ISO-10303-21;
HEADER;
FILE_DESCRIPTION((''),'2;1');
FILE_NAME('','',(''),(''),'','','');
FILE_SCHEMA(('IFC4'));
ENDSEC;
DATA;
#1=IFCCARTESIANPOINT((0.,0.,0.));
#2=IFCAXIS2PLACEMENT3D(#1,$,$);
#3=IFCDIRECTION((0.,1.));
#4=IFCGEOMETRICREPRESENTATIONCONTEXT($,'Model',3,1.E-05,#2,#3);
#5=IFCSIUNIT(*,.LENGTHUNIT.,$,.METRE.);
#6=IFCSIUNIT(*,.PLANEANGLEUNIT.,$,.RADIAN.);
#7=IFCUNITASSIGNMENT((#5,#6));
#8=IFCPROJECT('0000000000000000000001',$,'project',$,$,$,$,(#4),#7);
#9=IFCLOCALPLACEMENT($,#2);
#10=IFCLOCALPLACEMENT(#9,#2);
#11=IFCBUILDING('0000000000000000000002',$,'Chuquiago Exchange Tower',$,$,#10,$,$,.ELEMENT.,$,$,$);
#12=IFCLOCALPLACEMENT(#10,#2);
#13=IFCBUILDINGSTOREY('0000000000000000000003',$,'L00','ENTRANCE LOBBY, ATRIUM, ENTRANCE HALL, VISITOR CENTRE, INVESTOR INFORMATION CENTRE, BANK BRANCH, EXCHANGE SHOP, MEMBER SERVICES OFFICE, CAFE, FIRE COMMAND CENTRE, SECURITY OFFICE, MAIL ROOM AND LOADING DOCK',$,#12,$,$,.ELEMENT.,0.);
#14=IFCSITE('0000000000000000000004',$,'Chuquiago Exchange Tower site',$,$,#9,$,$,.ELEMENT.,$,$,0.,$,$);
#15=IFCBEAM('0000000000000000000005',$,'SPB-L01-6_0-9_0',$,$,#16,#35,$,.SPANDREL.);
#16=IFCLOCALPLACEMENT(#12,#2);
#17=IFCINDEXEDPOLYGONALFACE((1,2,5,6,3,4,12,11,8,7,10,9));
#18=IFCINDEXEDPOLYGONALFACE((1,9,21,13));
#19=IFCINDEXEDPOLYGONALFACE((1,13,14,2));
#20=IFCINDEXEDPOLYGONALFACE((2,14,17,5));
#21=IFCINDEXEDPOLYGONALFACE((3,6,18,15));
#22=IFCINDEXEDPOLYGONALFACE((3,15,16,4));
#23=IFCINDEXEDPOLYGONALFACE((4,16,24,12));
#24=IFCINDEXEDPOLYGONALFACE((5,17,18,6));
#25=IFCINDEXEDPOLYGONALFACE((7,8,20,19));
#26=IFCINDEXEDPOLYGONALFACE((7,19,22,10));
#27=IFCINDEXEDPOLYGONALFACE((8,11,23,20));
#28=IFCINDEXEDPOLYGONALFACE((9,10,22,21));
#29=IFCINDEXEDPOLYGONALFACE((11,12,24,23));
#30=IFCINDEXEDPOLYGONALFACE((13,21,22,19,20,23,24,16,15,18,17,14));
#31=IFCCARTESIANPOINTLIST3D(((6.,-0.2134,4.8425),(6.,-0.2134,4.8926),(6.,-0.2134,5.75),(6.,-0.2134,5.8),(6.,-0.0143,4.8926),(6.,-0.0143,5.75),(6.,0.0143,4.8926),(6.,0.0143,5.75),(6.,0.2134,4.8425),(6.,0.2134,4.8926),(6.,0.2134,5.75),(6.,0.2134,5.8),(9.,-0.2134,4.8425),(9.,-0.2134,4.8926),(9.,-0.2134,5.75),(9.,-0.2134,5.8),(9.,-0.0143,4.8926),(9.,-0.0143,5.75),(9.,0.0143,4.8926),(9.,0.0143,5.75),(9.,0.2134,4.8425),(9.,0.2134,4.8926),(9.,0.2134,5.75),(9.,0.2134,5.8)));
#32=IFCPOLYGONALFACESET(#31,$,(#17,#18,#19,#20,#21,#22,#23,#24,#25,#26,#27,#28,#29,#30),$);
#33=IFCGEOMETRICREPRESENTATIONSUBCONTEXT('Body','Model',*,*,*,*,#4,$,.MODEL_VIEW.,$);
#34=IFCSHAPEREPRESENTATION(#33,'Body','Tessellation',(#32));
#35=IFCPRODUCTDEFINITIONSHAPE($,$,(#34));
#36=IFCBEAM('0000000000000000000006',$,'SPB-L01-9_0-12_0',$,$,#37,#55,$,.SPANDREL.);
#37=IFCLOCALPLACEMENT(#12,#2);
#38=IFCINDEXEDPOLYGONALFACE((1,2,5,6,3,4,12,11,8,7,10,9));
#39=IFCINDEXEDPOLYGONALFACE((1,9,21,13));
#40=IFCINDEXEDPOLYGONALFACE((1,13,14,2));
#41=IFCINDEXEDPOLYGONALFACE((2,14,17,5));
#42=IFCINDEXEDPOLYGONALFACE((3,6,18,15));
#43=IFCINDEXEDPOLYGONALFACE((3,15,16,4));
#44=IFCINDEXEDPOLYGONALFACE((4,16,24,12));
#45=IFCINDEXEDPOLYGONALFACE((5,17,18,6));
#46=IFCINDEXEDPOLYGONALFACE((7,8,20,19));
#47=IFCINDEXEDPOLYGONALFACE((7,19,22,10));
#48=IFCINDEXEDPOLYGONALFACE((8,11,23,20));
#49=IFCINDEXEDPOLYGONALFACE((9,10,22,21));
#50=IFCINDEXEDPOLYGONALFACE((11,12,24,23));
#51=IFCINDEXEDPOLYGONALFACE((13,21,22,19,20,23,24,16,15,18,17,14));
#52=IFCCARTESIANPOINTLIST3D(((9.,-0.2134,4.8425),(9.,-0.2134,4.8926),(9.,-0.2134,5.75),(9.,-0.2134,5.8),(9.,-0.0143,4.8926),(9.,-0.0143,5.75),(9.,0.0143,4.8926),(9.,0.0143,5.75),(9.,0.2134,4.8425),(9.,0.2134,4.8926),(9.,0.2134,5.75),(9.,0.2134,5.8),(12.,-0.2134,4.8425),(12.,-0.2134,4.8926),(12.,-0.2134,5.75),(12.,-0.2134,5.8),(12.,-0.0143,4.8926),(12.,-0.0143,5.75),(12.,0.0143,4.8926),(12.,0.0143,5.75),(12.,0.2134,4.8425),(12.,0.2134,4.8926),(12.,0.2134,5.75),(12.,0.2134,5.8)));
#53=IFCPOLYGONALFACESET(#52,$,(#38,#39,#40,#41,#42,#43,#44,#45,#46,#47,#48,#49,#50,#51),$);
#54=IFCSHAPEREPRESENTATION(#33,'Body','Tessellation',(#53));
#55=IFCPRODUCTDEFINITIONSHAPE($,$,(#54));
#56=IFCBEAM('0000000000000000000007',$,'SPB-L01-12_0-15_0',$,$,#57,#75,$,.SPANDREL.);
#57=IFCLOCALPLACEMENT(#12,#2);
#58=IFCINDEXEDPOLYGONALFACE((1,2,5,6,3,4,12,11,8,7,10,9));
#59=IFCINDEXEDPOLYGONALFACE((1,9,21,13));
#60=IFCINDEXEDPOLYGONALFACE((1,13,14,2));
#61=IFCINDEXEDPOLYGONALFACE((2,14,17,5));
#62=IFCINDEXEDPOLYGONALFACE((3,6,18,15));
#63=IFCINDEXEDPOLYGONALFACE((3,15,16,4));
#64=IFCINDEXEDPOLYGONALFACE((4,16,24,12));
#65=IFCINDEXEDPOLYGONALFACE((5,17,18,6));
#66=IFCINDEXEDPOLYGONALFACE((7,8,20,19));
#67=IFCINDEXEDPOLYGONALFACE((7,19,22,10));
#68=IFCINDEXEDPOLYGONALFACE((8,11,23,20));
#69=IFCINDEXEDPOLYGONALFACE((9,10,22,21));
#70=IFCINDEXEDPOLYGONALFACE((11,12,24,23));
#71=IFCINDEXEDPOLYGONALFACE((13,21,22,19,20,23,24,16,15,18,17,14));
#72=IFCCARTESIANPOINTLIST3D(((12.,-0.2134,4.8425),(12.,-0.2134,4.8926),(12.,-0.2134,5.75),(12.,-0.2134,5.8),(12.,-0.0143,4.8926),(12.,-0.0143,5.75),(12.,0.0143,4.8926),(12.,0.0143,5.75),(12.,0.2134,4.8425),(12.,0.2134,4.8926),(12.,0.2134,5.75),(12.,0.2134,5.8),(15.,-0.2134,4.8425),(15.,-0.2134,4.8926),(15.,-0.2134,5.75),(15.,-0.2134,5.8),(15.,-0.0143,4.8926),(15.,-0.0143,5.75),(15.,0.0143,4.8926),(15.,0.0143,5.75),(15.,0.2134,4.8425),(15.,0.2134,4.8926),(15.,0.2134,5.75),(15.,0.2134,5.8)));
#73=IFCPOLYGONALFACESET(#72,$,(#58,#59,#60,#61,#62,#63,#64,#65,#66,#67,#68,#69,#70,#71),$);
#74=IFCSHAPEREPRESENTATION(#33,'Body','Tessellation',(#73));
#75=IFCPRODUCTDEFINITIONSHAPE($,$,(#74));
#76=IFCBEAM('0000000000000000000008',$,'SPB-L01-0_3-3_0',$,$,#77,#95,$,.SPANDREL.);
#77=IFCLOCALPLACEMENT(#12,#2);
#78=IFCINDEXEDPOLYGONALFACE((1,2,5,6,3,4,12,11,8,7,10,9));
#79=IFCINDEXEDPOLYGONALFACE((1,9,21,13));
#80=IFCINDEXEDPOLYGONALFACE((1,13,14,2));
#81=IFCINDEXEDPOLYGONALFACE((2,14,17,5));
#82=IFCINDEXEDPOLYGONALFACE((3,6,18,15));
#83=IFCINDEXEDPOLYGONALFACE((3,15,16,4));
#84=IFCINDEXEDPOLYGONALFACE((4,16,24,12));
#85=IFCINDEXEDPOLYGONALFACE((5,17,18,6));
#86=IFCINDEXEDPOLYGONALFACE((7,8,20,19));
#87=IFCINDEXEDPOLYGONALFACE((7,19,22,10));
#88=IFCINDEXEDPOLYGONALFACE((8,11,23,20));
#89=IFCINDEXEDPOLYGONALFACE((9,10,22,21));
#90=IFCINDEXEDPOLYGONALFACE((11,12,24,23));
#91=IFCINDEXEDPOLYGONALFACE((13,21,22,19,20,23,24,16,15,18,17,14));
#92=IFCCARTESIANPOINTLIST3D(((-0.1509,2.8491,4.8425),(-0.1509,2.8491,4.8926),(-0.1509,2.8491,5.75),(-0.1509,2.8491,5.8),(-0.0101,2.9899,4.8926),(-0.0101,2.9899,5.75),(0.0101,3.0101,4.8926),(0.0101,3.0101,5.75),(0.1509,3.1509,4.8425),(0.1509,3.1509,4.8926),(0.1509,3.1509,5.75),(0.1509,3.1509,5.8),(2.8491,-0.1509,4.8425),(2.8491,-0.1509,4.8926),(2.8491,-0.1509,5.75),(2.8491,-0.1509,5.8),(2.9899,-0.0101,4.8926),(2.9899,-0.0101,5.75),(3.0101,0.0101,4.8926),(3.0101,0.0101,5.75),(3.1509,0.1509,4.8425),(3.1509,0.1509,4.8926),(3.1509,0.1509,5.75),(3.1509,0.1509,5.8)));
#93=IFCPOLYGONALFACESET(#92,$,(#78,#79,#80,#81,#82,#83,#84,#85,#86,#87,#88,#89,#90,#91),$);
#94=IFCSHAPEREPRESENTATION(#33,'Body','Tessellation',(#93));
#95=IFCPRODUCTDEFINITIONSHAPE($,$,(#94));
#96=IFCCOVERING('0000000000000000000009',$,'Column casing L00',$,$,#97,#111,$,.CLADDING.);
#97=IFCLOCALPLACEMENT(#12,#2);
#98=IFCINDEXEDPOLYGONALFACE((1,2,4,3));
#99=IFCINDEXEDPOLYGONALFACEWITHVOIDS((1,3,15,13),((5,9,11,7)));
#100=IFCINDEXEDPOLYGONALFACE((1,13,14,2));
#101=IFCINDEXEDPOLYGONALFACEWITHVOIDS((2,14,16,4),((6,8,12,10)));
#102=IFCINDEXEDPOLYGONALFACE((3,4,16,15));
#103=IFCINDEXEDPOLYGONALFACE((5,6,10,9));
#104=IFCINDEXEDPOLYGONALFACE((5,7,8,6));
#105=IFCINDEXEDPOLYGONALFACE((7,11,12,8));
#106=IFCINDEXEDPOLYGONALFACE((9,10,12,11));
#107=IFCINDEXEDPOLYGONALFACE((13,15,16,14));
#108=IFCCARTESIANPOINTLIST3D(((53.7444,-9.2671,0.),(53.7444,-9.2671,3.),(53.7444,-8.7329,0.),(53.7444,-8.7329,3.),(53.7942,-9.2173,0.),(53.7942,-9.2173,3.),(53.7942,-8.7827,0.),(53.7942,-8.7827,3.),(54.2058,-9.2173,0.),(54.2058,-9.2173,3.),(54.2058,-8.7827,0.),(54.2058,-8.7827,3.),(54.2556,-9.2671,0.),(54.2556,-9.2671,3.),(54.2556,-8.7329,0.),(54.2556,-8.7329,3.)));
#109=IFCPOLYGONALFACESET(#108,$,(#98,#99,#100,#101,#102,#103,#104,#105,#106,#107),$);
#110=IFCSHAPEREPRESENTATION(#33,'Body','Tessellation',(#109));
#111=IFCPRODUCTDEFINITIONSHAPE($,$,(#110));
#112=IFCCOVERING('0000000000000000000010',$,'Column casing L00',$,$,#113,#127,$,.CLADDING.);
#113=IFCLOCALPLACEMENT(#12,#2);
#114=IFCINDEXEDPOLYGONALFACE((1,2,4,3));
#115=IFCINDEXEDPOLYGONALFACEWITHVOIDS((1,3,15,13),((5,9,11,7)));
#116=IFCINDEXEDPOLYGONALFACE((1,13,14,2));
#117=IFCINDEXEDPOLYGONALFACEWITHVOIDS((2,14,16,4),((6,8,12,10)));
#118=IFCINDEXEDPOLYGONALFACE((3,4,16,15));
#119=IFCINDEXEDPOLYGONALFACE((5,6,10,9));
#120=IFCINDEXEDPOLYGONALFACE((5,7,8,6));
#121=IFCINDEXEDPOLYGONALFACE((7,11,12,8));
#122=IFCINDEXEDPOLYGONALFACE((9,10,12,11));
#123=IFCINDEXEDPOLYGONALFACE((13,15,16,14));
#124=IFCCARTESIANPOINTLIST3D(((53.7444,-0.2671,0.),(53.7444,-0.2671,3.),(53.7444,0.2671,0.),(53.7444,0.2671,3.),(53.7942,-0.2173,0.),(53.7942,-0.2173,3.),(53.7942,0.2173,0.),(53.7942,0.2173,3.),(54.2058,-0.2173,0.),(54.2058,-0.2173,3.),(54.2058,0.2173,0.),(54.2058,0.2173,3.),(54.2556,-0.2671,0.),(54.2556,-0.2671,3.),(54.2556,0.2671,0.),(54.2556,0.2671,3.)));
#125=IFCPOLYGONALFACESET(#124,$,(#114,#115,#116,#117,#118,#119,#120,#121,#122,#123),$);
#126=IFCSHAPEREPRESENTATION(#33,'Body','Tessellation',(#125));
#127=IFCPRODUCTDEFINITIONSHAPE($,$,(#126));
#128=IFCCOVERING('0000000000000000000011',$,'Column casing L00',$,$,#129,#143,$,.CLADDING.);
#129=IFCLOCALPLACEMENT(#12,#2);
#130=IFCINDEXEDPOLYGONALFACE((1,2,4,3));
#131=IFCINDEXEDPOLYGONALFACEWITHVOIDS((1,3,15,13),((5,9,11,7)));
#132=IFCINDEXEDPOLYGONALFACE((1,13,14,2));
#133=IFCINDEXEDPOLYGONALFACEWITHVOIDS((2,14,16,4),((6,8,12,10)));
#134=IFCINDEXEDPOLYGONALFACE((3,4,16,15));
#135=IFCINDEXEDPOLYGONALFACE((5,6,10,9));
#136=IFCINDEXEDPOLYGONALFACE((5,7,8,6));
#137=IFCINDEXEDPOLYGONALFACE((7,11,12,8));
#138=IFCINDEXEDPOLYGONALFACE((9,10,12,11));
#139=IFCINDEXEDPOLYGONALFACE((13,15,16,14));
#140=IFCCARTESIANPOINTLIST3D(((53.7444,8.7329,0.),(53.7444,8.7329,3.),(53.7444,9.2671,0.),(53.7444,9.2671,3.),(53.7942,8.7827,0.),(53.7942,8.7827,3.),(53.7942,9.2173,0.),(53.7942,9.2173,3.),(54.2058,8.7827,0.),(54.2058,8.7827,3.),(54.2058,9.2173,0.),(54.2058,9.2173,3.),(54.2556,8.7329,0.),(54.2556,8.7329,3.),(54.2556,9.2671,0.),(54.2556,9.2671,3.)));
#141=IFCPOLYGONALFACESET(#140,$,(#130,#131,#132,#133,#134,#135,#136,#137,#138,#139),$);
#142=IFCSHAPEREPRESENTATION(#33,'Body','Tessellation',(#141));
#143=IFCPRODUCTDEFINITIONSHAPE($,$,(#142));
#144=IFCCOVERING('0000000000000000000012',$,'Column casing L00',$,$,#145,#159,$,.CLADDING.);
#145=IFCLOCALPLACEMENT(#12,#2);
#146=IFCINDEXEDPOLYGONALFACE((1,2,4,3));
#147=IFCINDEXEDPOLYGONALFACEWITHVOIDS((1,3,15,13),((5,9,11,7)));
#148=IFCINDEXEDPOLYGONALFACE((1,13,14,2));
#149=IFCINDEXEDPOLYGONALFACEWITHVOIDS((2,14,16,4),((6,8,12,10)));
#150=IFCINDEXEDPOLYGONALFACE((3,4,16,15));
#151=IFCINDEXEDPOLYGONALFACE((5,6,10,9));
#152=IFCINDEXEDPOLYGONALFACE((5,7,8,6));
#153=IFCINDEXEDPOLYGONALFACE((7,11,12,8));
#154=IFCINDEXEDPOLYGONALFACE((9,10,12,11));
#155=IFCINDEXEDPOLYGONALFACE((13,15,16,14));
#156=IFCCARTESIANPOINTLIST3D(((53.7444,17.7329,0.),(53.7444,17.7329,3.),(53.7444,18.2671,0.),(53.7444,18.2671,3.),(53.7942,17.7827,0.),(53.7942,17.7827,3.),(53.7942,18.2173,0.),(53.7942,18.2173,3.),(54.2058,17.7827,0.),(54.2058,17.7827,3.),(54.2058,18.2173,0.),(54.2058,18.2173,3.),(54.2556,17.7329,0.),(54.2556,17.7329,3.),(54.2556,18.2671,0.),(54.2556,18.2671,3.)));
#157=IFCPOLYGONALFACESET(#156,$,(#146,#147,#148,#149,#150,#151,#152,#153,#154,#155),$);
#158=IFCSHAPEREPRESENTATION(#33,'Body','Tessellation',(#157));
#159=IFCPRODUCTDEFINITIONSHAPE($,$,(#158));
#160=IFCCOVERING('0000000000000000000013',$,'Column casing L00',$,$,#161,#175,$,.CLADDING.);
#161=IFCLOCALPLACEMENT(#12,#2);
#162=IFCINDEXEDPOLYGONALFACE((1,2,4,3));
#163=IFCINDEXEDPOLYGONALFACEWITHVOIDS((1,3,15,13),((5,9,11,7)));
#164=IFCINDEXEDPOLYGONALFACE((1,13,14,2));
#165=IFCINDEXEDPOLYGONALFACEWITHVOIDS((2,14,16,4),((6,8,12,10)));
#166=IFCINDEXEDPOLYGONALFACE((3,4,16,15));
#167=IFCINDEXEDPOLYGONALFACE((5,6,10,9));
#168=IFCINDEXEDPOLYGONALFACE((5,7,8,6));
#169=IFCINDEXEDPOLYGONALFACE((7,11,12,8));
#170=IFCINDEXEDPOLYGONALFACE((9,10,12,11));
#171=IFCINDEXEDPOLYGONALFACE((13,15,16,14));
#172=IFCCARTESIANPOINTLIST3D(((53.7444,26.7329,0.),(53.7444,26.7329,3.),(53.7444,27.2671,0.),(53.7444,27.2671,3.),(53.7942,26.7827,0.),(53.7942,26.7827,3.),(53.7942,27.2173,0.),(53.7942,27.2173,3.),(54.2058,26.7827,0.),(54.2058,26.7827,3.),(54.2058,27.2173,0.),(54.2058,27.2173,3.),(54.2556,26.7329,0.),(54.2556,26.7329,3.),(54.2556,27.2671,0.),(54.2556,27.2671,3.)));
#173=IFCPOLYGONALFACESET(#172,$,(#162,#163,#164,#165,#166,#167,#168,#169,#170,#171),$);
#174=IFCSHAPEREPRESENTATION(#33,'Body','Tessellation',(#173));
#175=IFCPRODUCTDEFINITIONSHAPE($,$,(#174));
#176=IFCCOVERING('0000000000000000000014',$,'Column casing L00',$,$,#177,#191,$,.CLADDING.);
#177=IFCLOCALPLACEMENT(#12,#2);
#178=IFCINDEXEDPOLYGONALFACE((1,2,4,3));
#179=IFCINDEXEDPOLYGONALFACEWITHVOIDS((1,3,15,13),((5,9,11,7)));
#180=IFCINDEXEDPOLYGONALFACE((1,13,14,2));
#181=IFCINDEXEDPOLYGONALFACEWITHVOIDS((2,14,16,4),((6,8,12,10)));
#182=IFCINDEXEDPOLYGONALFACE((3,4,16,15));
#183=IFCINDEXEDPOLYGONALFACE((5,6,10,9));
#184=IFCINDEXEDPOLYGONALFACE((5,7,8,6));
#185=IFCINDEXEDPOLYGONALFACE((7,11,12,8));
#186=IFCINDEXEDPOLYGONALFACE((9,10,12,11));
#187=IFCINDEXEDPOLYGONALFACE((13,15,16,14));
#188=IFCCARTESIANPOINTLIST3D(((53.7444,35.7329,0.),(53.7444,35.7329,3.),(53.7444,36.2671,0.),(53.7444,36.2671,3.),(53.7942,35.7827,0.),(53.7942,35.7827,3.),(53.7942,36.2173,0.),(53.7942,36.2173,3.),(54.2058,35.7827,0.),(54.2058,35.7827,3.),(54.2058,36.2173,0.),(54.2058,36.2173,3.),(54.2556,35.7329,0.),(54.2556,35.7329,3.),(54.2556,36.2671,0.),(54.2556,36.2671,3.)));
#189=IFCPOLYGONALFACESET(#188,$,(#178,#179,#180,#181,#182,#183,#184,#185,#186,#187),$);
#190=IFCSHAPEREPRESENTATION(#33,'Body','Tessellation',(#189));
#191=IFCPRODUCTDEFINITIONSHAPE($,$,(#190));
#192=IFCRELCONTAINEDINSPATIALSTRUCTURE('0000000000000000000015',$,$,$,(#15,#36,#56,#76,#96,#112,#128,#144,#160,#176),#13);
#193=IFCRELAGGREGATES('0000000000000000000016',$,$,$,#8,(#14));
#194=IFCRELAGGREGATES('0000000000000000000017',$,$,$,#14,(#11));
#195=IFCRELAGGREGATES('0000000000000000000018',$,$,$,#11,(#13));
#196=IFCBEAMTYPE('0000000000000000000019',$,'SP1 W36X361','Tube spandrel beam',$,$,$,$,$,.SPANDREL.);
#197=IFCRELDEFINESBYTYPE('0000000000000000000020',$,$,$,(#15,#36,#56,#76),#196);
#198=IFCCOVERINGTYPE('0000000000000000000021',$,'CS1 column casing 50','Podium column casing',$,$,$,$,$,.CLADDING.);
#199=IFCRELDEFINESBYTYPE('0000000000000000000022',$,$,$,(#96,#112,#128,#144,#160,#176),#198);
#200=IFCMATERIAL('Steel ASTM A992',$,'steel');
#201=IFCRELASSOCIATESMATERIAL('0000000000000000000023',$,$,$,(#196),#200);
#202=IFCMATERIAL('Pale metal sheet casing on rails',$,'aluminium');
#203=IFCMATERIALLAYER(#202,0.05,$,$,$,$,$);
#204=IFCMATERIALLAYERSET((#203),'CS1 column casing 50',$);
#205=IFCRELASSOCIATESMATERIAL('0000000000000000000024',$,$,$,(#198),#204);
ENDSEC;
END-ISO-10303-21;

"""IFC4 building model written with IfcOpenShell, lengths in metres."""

from ifc_helpers import new_model, si_unit, direction, frame, origin, origin_2d, place, context, subcontext, project, spatial, polyline, i_section, outline, extrude, material, layer, layer_set, material_profile, profile_set, type_object, element, save


model = new_model("IFC4")

# Units and contexts
model_context = context("Model", 3, precision=1e-05, world=origin(), true_north=direction((0.0, 1.0)))
body_context = subcontext(model_context, "Body", "Model", "MODEL_VIEW")
ifc_project = project(units=[si_unit("LENGTHUNIT", "METRE"), si_unit("PLANEANGLEUNIT", "RADIAN")], contexts=[model_context])

# Site, building, storey
site_placement = place(None, origin())
site = spatial("IfcSite", under=ifc_project, at=site_placement, Name="Chuquiago Exchange Tower site", CompositionType="ELEMENT", RefElevation=0.0)
building_placement = place(site_placement, origin())
building = spatial("IfcBuilding", under=site, at=building_placement, Name="Chuquiago Exchange Tower", CompositionType="ELEMENT")
storey_placement = place(building_placement, origin())
storey = spatial("IfcBuildingStorey", under=building, at=storey_placement, Name="L00", Description="ENTRANCE LOBBY, ATRIUM, ENTRANCE HALL, VISITOR CENTRE, INVESTOR INFORMATION CENTRE, BANK BRANCH, EXCHANGE SHOP, MEMBER SERVICES OFFICE, CAFE, FIRE COMMAND CENTRE, SECURITY OFFICE, MAIL ROOM AND LOADING DOCK", CompositionType="ELEMENT", Elevation=0.0)

# Beams
ifc_material_1 = material(Name="Steel ASTM A992", Category="steel")
ifc_material_profile_1 = material_profile(ifc_material_1, i_section(OverallWidth=0.4268, OverallDepth=0.9575, WebThickness=0.0286, FlangeThickness=0.05, at=origin_2d()), Name="W36X361")
ifc_profile_set_1 = profile_set([ifc_material_profile_1], Name="Steel ASTM A992")
beam_type_1 = type_object("IfcBeamType", Name="SP1 W36X361", Description="Tube spandrel beam", PredefinedType="SPANDREL", material=ifc_profile_set_1)
for number, where, z_axis, x_axis, name in (
    (1, (6.0, 0.0, 5.3213), (1.0, 0.0, 0.0), (0.0, 1.0, 0.0), "SPB-L01-6_0-9_0"),
    (2, (9.0, 0.0, 5.3213), (1.0, 0.0, 0.0), (0.0, 1.0, 0.0), "SPB-L01-9_0-12_0"),
    (3, (12.0, 0.0, 5.3213), (1.0, 0.0, 0.0), (0.0, 1.0, 0.0), "SPB-L01-12_0-15_0"),
):
    element("IfcBeam", number, at=place(storey_placement, frame(where, z_axis=z_axis, x_axis=x_axis)), inside=storey, type_object=beam_type_1, Name=name, PredefinedType="SPANDREL", context=body_context, shape_type="SweptSolid", body=[
        extrude(i_section(OverallWidth=0.4268, OverallDepth=0.9575, WebThickness=0.0286, FlangeThickness=0.05, at=origin_2d()), origin(), (0.0, 0.0, 1.0), 3.0),
    ])
beam_1_placement = place(storey_placement, frame((0.0, 3.0, 5.3213), z_axis=(0.707107, -0.707107, 0.0), x_axis=(0.707107, 0.707107, 0.0)))
element("IfcBeam", 4, at=beam_1_placement, inside=storey, type_object=beam_type_1, Name="SPB-L01-0_3-3_0", PredefinedType="SPANDREL", context=body_context, shape_type="SweptSolid", body=[
    extrude(i_section(OverallWidth=0.4268, OverallDepth=0.9575, WebThickness=0.0286, FlangeThickness=0.05, at=origin_2d()), origin(), (0.0, 0.0, 1.0), 4.2427),
])

# Coverings
ifc_material_2 = material(Name="Pale metal sheet casing on rails", Category="aluminium")
ifc_layer = layer(ifc_material_2, 0.05)
ifc_layer_set = layer_set([ifc_layer], Name="CS1 column casing 50")
covering_type = type_object("IfcCoveringType", Name="CS1 column casing 50", Description="Podium column casing", PredefinedType="CLADDING", material=ifc_layer_set)
covering_1_placement = place(storey_placement, origin())
element("IfcCovering", 5, at=covering_1_placement, inside=storey, type_object=covering_type, Name="Column casing L00", PredefinedType="CLADDING", context=body_context, shape_type="SweptSolid", body=[
    extrude(outline(polyline([(53.7444, -9.2671), (54.2556, -9.2671), (54.2556, -8.7329), (53.7444, -8.7329), (53.7444, -9.2671)]), holes=[polyline([(53.7942, -9.2173), (53.7942, -8.7827), (54.2058, -8.7827), (54.2058, -9.2173), (53.7942, -9.2173)])]), origin(), (0.0, 0.0, 1.0), 3.0),
])
covering_2_placement = place(storey_placement, origin())
element("IfcCovering", 6, at=covering_2_placement, inside=storey, type_object=covering_type, Name="Column casing L00", PredefinedType="CLADDING", context=body_context, shape_type="SweptSolid", body=[
    extrude(outline(polyline([(53.7444, -0.2671), (54.2556, -0.2671), (54.2556, 0.2671), (53.7444, 0.2671), (53.7444, -0.2671)]), holes=[polyline([(53.7942, -0.2173), (53.7942, 0.2173), (54.2058, 0.2173), (54.2058, -0.2173), (53.7942, -0.2173)])]), origin(), (0.0, 0.0, 1.0), 3.0),
])
covering_3_placement = place(storey_placement, origin())
element("IfcCovering", 7, at=covering_3_placement, inside=storey, type_object=covering_type, Name="Column casing L00", PredefinedType="CLADDING", context=body_context, shape_type="SweptSolid", body=[
    extrude(outline(polyline([(53.7444, 8.7329), (54.2556, 8.7329), (54.2556, 9.2671), (53.7444, 9.2671), (53.7444, 8.7329)]), holes=[polyline([(53.7942, 8.7827), (53.7942, 9.2173), (54.2058, 9.2173), (54.2058, 8.7827), (53.7942, 8.7827)])]), origin(), (0.0, 0.0, 1.0), 3.0),
])
covering_4_placement = place(storey_placement, origin())
element("IfcCovering", 8, at=covering_4_placement, inside=storey, type_object=covering_type, Name="Column casing L00", PredefinedType="CLADDING", context=body_context, shape_type="SweptSolid", body=[
    extrude(outline(polyline([(53.7444, 17.7329), (54.2556, 17.7329), (54.2556, 18.2671), (53.7444, 18.2671), (53.7444, 17.7329)]), holes=[polyline([(53.7942, 17.7827), (53.7942, 18.2173), (54.2058, 18.2173), (54.2058, 17.7827), (53.7942, 17.7827)])]), origin(), (0.0, 0.0, 1.0), 3.0),
])
covering_5_placement = place(storey_placement, origin())
element("IfcCovering", 9, at=covering_5_placement, inside=storey, type_object=covering_type, Name="Column casing L00", PredefinedType="CLADDING", context=body_context, shape_type="SweptSolid", body=[
    extrude(outline(polyline([(53.7444, 26.7329), (54.2556, 26.7329), (54.2556, 27.2671), (53.7444, 27.2671), (53.7444, 26.7329)]), holes=[polyline([(53.7942, 26.7827), (53.7942, 27.2173), (54.2058, 27.2173), (54.2058, 26.7827), (53.7942, 26.7827)])]), origin(), (0.0, 0.0, 1.0), 3.0),
])
covering_6_placement = place(storey_placement, origin())
element("IfcCovering", 10, at=covering_6_placement, inside=storey, type_object=covering_type, Name="Column casing L00", PredefinedType="CLADDING", context=body_context, shape_type="SweptSolid", body=[
    extrude(outline(polyline([(53.7444, 35.7329), (54.2556, 35.7329), (54.2556, 36.2671), (53.7444, 36.2671), (53.7444, 35.7329)]), holes=[polyline([(53.7942, 35.7827), (53.7942, 36.2173), (54.2058, 36.2173), (54.2058, 35.7827), (53.7942, 35.7827)])]), origin(), (0.0, 0.0, 1.0), 3.0),
])

save(model, "model.ifc")
